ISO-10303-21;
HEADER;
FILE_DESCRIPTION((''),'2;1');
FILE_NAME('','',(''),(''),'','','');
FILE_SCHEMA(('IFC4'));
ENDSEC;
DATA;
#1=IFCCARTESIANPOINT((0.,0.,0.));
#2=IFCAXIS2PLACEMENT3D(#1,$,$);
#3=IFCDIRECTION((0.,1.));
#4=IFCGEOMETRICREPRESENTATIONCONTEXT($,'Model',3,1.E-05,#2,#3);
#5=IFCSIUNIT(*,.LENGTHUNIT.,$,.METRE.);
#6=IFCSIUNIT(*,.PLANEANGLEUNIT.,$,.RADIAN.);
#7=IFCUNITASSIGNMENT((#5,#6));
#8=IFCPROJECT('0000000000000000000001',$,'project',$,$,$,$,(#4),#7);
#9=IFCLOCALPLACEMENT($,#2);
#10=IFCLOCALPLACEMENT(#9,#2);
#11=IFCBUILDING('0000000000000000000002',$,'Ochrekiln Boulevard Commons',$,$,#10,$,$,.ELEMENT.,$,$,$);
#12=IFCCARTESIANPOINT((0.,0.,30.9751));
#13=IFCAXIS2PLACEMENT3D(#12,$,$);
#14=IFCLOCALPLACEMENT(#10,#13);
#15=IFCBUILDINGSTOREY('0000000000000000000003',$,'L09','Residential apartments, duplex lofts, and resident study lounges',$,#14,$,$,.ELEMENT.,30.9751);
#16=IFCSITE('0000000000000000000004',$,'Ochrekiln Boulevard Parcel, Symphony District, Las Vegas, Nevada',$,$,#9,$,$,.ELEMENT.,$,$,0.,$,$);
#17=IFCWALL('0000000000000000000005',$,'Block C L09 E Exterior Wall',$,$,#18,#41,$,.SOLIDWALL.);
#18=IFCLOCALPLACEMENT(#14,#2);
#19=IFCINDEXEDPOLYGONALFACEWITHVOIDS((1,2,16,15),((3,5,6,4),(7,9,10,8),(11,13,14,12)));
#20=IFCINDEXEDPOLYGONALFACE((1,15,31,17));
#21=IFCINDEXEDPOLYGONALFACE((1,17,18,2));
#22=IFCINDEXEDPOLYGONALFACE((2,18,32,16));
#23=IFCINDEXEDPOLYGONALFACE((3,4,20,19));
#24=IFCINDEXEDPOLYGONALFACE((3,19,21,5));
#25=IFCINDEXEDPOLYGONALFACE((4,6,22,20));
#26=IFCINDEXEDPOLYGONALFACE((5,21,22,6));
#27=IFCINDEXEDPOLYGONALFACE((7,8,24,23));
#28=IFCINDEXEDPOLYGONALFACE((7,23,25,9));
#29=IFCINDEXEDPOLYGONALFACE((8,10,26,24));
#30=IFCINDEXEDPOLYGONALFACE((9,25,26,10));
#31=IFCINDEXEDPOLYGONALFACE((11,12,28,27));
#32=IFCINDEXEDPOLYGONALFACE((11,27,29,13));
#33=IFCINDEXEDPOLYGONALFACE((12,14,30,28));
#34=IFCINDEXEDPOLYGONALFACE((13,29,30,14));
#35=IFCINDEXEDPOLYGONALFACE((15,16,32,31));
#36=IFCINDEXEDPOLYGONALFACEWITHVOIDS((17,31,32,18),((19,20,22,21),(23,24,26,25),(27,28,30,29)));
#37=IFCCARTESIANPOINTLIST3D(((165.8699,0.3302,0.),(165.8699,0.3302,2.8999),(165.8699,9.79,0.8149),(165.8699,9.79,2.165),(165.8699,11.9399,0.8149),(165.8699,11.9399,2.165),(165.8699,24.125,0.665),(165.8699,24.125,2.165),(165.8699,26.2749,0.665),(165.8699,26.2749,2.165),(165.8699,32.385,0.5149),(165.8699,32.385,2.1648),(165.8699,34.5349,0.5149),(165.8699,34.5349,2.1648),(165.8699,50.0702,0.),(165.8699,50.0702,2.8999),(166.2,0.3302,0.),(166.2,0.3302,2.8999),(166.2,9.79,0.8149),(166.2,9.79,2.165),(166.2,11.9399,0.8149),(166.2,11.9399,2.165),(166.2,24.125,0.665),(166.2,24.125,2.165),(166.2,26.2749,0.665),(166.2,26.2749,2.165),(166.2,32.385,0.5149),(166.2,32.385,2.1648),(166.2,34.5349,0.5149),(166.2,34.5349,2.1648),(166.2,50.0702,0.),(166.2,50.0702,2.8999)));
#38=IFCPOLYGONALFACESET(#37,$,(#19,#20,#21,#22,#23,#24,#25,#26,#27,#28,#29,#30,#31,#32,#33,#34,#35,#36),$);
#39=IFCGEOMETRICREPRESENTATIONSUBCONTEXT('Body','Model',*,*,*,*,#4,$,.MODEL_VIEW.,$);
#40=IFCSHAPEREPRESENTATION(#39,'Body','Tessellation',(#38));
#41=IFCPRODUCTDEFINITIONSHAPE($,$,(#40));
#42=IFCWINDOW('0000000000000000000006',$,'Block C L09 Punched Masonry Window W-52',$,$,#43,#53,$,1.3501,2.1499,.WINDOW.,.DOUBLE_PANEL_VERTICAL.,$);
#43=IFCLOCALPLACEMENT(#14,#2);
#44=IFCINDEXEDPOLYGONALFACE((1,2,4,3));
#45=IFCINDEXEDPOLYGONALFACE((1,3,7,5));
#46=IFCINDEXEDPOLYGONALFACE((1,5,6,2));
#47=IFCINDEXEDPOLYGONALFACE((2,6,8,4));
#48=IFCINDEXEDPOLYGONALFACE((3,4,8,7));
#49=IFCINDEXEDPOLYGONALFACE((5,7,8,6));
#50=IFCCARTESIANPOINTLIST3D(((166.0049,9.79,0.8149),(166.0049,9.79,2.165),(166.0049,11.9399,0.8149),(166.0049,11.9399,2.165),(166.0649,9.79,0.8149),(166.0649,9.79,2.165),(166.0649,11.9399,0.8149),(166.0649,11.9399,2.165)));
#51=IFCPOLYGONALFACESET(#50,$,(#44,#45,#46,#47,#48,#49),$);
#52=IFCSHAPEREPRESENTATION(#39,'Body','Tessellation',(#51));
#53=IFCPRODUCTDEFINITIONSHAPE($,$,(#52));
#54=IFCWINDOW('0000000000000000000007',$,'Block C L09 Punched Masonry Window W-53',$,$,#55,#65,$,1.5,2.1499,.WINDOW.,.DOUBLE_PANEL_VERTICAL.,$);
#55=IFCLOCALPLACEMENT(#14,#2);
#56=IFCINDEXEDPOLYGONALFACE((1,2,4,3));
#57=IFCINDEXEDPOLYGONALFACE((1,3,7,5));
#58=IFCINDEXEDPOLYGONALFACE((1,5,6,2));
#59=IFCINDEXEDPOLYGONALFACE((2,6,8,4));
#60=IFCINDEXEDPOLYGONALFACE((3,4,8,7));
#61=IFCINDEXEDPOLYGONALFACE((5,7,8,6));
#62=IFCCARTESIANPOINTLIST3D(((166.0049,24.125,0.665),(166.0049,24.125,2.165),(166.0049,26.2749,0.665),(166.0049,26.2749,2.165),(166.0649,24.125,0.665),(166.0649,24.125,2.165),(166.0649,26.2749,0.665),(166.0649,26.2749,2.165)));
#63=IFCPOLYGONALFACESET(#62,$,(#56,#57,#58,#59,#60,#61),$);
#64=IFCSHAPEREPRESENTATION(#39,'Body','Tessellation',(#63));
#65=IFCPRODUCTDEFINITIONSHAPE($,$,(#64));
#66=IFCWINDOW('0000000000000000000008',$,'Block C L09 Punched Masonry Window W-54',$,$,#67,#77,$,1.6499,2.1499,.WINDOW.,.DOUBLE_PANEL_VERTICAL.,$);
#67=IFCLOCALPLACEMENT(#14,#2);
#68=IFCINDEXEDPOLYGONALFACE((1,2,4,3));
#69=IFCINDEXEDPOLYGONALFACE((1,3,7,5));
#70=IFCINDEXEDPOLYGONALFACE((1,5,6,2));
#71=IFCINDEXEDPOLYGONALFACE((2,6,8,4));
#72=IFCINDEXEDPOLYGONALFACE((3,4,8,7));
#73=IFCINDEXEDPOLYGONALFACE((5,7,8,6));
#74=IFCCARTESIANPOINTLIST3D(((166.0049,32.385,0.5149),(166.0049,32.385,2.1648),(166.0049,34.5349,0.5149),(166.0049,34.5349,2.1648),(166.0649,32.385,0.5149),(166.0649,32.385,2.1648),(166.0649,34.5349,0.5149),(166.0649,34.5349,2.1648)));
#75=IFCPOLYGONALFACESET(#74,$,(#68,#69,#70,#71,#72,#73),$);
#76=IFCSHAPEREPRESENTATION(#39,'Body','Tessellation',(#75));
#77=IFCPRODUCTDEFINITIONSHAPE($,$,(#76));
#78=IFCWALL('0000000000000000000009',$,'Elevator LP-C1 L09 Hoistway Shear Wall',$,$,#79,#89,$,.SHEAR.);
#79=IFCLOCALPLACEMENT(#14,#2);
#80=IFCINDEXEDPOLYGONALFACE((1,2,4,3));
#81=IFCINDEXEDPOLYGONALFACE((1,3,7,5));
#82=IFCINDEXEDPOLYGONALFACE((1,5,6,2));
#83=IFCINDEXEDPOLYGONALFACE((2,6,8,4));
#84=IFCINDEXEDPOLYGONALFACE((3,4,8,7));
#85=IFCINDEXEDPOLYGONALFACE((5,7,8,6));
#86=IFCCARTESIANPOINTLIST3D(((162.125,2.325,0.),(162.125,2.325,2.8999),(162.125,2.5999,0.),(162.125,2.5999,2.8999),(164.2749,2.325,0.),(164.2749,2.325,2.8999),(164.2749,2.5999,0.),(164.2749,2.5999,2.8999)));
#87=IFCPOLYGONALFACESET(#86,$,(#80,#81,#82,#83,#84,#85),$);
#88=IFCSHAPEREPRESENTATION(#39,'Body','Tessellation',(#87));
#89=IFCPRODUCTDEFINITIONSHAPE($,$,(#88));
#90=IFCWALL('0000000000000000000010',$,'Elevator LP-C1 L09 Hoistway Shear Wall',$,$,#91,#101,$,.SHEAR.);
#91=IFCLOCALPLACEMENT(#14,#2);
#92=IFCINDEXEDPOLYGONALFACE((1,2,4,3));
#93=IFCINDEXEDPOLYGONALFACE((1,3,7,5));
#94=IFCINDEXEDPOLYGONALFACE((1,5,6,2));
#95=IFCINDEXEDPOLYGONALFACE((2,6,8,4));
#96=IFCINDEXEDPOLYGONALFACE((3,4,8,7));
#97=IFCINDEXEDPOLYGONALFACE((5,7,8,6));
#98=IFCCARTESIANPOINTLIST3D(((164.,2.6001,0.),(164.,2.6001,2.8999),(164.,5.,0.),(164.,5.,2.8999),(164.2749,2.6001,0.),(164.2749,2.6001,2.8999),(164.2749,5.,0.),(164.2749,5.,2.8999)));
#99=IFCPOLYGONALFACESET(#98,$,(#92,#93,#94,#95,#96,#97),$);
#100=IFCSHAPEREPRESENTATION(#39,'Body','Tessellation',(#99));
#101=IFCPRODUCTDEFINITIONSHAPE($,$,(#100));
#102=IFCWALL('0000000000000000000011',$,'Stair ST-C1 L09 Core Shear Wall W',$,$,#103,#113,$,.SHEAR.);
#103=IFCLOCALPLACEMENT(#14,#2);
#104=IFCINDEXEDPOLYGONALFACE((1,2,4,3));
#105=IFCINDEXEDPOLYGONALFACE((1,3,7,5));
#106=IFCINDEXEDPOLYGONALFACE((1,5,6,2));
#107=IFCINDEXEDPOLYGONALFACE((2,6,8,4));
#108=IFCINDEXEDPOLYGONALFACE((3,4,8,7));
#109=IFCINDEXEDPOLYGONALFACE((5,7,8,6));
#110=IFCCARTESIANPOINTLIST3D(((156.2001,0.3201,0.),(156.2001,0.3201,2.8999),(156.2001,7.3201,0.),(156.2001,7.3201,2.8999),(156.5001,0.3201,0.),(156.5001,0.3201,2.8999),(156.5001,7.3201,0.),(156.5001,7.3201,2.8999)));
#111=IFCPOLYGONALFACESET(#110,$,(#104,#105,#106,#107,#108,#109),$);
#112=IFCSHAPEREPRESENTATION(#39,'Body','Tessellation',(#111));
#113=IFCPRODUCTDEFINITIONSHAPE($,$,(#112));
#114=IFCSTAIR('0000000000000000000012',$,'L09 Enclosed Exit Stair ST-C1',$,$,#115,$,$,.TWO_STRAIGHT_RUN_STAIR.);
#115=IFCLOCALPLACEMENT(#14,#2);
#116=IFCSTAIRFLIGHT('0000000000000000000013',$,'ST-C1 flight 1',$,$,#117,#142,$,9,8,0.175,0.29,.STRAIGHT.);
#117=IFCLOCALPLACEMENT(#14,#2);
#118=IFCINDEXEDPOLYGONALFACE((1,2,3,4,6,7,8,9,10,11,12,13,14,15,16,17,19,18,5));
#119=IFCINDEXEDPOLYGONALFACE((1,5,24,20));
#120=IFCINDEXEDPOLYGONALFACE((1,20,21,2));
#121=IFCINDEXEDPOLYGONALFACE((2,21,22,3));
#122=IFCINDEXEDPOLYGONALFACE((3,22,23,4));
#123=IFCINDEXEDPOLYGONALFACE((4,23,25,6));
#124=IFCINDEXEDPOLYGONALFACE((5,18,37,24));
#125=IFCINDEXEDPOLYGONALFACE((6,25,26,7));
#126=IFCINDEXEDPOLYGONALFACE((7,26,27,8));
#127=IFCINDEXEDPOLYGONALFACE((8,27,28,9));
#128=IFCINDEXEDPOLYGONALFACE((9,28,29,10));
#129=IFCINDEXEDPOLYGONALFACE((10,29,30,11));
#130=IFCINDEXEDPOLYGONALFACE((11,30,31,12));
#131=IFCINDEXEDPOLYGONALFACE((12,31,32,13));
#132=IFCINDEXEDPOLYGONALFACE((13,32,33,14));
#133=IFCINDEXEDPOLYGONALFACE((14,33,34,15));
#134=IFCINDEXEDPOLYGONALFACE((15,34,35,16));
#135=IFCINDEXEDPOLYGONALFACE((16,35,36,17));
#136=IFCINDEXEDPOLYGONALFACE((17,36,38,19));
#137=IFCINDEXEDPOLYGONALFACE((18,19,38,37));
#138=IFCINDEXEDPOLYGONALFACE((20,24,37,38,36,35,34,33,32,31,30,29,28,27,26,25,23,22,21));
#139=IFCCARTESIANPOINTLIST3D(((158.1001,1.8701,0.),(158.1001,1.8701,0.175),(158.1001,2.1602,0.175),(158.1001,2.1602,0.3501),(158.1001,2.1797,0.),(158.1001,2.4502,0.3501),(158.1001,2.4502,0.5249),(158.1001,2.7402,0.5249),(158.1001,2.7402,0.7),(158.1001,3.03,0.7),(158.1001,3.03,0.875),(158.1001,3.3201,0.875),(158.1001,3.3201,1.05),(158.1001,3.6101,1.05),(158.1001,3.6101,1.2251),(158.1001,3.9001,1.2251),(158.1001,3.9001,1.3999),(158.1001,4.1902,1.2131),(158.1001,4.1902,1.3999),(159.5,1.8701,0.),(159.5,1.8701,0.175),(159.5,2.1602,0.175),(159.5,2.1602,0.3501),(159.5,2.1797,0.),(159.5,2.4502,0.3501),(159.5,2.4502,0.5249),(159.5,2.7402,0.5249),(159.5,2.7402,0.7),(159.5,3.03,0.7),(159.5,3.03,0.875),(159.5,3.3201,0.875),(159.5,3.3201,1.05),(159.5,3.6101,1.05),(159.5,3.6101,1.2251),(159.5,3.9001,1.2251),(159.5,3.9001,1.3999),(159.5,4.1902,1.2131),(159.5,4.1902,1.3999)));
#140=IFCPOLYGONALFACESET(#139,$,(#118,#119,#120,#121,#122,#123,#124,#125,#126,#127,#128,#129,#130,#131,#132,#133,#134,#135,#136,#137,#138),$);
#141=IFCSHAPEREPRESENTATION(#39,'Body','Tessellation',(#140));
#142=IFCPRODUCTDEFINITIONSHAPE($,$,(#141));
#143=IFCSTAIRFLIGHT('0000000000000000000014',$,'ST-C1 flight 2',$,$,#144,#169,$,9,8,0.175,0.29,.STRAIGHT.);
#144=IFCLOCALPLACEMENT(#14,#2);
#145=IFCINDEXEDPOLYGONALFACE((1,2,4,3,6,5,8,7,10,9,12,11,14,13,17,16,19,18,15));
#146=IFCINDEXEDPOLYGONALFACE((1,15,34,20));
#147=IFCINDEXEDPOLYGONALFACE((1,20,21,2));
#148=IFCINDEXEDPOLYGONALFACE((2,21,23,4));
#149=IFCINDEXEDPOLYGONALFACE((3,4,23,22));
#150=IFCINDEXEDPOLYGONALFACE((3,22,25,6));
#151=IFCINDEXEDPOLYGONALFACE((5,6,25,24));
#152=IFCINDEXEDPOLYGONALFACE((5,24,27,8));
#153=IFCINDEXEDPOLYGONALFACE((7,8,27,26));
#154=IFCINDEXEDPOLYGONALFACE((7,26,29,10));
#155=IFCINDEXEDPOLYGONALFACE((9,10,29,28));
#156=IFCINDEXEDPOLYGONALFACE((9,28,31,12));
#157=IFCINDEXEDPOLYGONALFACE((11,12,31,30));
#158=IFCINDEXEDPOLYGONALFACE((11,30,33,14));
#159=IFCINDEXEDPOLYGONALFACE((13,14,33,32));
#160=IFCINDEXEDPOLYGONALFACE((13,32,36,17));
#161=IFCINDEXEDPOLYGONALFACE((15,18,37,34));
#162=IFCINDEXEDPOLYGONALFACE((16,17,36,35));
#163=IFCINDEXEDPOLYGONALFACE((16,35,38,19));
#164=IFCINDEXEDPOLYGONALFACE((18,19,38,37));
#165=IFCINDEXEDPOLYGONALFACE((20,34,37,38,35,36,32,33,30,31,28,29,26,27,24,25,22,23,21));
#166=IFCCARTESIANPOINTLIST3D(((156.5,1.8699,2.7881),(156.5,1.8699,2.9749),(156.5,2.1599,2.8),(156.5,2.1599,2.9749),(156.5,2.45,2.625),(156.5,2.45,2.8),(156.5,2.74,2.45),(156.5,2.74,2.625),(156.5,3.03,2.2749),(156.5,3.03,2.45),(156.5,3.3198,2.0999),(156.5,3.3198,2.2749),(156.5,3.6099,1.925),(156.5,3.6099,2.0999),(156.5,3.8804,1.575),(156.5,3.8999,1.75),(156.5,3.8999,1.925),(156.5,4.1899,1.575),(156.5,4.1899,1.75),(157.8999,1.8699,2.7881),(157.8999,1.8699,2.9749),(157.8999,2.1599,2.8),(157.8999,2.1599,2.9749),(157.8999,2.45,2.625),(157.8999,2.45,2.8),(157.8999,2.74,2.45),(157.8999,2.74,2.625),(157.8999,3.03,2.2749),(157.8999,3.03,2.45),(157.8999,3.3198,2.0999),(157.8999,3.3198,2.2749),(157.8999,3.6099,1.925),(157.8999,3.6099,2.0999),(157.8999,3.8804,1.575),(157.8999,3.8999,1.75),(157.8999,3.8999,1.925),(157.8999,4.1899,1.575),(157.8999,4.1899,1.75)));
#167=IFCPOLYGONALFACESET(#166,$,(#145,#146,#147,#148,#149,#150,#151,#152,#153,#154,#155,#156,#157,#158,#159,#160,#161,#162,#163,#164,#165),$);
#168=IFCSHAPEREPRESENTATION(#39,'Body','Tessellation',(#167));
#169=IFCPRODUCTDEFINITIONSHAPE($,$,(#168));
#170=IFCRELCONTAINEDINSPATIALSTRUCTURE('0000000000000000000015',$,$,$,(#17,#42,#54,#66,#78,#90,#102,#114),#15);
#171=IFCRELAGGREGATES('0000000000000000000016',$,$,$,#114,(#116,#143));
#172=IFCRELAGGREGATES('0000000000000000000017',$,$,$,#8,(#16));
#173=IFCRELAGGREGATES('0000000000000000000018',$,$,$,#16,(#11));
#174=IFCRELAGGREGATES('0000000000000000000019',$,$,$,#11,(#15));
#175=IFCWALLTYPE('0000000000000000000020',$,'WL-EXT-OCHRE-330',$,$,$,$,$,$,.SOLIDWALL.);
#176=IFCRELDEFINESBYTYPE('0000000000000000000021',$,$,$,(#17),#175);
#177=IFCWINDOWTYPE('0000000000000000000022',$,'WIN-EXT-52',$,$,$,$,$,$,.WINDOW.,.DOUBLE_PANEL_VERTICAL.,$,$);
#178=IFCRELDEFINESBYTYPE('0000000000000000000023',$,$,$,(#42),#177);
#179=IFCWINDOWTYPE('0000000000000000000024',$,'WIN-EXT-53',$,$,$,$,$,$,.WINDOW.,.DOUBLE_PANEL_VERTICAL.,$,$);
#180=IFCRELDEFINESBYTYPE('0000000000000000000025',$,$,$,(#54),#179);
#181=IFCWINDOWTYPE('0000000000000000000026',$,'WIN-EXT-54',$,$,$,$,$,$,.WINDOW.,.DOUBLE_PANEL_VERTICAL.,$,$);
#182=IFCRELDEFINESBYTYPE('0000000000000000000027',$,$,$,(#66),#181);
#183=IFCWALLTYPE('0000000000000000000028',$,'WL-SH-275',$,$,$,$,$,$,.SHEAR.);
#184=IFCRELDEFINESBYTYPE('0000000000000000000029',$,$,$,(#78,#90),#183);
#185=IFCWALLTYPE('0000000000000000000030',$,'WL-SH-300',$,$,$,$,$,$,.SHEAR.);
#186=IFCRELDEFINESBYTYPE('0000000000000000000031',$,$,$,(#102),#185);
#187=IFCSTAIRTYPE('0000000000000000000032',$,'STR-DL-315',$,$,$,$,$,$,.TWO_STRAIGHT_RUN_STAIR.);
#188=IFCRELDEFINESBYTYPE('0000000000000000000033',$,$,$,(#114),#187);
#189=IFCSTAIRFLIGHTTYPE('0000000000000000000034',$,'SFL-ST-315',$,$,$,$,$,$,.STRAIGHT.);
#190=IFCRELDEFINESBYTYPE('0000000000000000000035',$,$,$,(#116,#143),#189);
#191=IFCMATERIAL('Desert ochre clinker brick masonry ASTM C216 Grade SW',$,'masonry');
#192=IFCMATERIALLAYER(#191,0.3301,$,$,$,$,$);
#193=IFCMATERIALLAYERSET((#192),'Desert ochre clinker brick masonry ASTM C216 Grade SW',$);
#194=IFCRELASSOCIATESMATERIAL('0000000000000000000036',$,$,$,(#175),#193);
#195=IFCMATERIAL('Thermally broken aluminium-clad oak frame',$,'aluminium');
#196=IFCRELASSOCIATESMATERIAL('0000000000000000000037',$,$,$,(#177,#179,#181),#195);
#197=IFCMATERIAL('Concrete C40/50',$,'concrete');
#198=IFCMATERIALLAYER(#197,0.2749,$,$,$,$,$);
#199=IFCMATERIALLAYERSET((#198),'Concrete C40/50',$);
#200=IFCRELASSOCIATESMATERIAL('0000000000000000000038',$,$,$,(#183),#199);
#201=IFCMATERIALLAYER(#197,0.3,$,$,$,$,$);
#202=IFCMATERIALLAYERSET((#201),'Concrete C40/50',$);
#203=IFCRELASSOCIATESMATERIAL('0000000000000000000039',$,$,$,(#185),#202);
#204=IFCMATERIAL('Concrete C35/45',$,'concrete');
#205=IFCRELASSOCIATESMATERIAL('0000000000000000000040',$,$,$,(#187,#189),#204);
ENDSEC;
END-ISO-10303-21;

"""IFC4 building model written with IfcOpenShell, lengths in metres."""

from ifc_helpers import new_model, si_unit, direction, frame, frame_2d, origin, place, context, subcontext, project, spatial, polyline, rectangle, outline, extrude, material, layer, layer_set, type_object, element, fill, aggregate, save


model = new_model("IFC4")

# Units and contexts
model_context = context("Model", 3, precision=1e-05, world=origin(), true_north=direction((0.0, 1.0)))
body_context = subcontext(model_context, "Body", "Model", "MODEL_VIEW")
ifc_project = project(units=[si_unit("LENGTHUNIT", "METRE"), si_unit("PLANEANGLEUNIT", "RADIAN")], contexts=[model_context])

# Site, building, storey
site_placement = place(None, origin())
site = spatial("IfcSite", under=ifc_project, at=site_placement, Name="Ochrekiln Boulevard Parcel, Symphony District, Las Vegas, Nevada", CompositionType="ELEMENT", RefElevation=0.0)
building_placement = place(site_placement, origin())
building = spatial("IfcBuilding", under=site, at=building_placement, Name="Ochrekiln Boulevard Commons", CompositionType="ELEMENT")
storey_placement = place(building_placement, frame((0.0, 0.0, 30.9751)))
storey = spatial("IfcBuildingStorey", under=building, at=storey_placement, Name="L09", Description="Residential apartments, duplex lofts, and resident study lounges", CompositionType="ELEMENT", Elevation=30.9751)

# Shared definitions
ifc_material_1 = material(Name="Concrete C40/50", Category="concrete")

# Shared definitions
ifc_material_2 = material(Name="Desert ochre clinker brick masonry ASTM C216 Grade SW", Category="masonry")
ifc_layer_1 = layer(ifc_material_2, 0.3301)
ifc_layer_set_1 = layer_set([ifc_layer_1], Name="Desert ochre clinker brick masonry ASTM C216 Grade SW")
wall_type_1 = type_object("IfcWallType", Name="WL-EXT-OCHRE-330", PredefinedType="SOLIDWALL", material=ifc_layer_set_1)

# Wall, openings, windows
ifc_material_3 = material(Name="Thermally broken aluminium-clad oak frame", Category="aluminium")
wall_1_placement = place(storey_placement, frame((166.0349, 0.3301, 0.0), z_axis=(0.0, 0.0, 1.0), x_axis=(0.0, 1.0, 0.0)))
wall_1 = element("IfcWall", 1, at=wall_1_placement, inside=storey, type_object=wall_type_1, Name="Block C L09 E Exterior Wall", PredefinedType="SOLIDWALL", context=body_context, shape_type="SweptSolid", body=[
    extrude(rectangle(XDim=49.74, YDim=0.3301, at=frame_2d((24.8701, 0.0))), origin(), (0.0, 0.0, 1.0), 2.8999),
])
opening_1_placement = place(wall_1_placement, frame((9.46, 0.0, 0.8149)))
opening_1 = element("IfcOpeningElement", 2, at=opening_1_placement, cuts=wall_1, PredefinedType="OPENING", context=body_context, shape_type="SweptSolid", body=[
    extrude(rectangle(XDim=2.1499, YDim=1.3501, at=frame_2d((1.075, 0.675))), frame((0.0, 0.175, 0.0), z_axis=(0.0, -1.0, 0.0), x_axis=(1.0, 0.0, 0.0)), (0.0, 0.0, 1.0), 0.3501),
])
opening_2_placement = place(wall_1_placement, frame((23.7949, 0.0, 0.665)))
opening_2 = element("IfcOpeningElement", 3, at=opening_2_placement, cuts=wall_1, PredefinedType="OPENING", context=body_context, shape_type="SweptSolid", body=[
    extrude(rectangle(XDim=2.1499, YDim=1.5, at=frame_2d((1.075, 0.75))), frame((0.0, 0.175, 0.0), z_axis=(0.0, -1.0, 0.0), x_axis=(1.0, 0.0, 0.0)), (0.0, 0.0, 1.0), 0.3501),
])
opening_3_placement = place(wall_1_placement, frame((32.0549, 0.0, 0.5149)))
opening_3 = element("IfcOpeningElement", 4, at=opening_3_placement, cuts=wall_1, PredefinedType="OPENING", context=body_context, shape_type="SweptSolid", body=[
    extrude(rectangle(XDim=2.1499, YDim=1.6499, at=frame_2d((1.075, 0.825))), frame((0.0, 0.175, 0.0), z_axis=(0.0, -1.0, 0.0), x_axis=(1.0, 0.0, 0.0)), (0.0, 0.0, 1.0), 0.3501),
])
window_type_1 = type_object("IfcWindowType", Name="WIN-EXT-52", PartitioningType="DOUBLE_PANEL_VERTICAL", PredefinedType="WINDOW", material=ifc_material_3)
window_1_placement = place(opening_1_placement, origin())
window_1 = element("IfcWindow", 5, at=window_1_placement, inside=storey, type_object=window_type_1, Name="Block C L09 Punched Masonry Window W-52", OverallHeight=1.3501, OverallWidth=2.1499, PartitioningType="DOUBLE_PANEL_VERTICAL", PredefinedType="WINDOW", context=body_context, shape_type="SweptSolid", body=[
    extrude(rectangle(XDim=2.1499, YDim=1.3501, at=frame_2d((1.075, 0.675))), frame((0.0, 0.03, 0.0), z_axis=(0.0, -1.0, 0.0), x_axis=(1.0, 0.0, 0.0)), (0.0, 0.0, 1.0), 0.0601),
])
fill(opening_1, window_1)
window_type_2 = type_object("IfcWindowType", Name="WIN-EXT-53", PartitioningType="DOUBLE_PANEL_VERTICAL", PredefinedType="WINDOW", material=ifc_material_3)
window_2_placement = place(opening_2_placement, origin())
window_2 = element("IfcWindow", 6, at=window_2_placement, inside=storey, type_object=window_type_2, Name="Block C L09 Punched Masonry Window W-53", OverallHeight=1.5, OverallWidth=2.1499, PartitioningType="DOUBLE_PANEL_VERTICAL", PredefinedType="WINDOW", context=body_context, shape_type="SweptSolid", body=[
    extrude(rectangle(XDim=2.1499, YDim=1.5, at=frame_2d((1.075, 0.75))), frame((0.0, 0.03, 0.0), z_axis=(0.0, -1.0, 0.0), x_axis=(1.0, 0.0, 0.0)), (0.0, 0.0, 1.0), 0.0601),
])
fill(opening_2, window_2)
window_type_3 = type_object("IfcWindowType", Name="WIN-EXT-54", PartitioningType="DOUBLE_PANEL_VERTICAL", PredefinedType="WINDOW", material=ifc_material_3)
window_3_placement = place(opening_3_placement, origin())
window_3 = element("IfcWindow", 7, at=window_3_placement, inside=storey, type_object=window_type_3, Name="Block C L09 Punched Masonry Window W-54", OverallHeight=1.6499, OverallWidth=2.1499, PartitioningType="DOUBLE_PANEL_VERTICAL", PredefinedType="WINDOW", context=body_context, shape_type="SweptSolid", body=[
    extrude(rectangle(XDim=2.1499, YDim=1.6499, at=frame_2d((1.075, 0.825))), frame((0.0, 0.03, 0.0), z_axis=(0.0, -1.0, 0.0), x_axis=(1.0, 0.0, 0.0)), (0.0, 0.0, 1.0), 0.0601),
])
fill(opening_3, window_3)

# Wall
ifc_layer_2 = layer(ifc_material_1, 0.2749)
ifc_layer_set_2 = layer_set([ifc_layer_2], Name="Concrete C40/50")
wall_type_2 = type_object("IfcWallType", Name="WL-SH-275", PredefinedType="SHEAR", material=ifc_layer_set_2)
wall_2_placement = place(storey_placement, frame((162.125, 2.4624, 0.0), z_axis=(0.0, 0.0, 1.0), x_axis=(1.0, 0.0, 0.0)))
element("IfcWall", 8, at=wall_2_placement, inside=storey, type_object=wall_type_2, Name="Elevator LP-C1 L09 Hoistway Shear Wall", PredefinedType="SHEAR", context=body_context, shape_type="SweptSolid", body=[
    extrude(rectangle(XDim=2.1499, YDim=0.2749, at=frame_2d((1.075, 0.0))), origin(), (0.0, 0.0, 1.0), 2.8999),
])

# Walls
wall_3_placement = place(storey_placement, frame((164.1375, 2.6001, 0.0), z_axis=(0.0, 0.0, 1.0), x_axis=(0.0, 1.0, 0.0)))
element("IfcWall", 9, at=wall_3_placement, inside=storey, type_object=wall_type_2, Name="Elevator LP-C1 L09 Hoistway Shear Wall", PredefinedType="SHEAR", context=body_context, shape_type="SweptSolid", body=[
    extrude(rectangle(XDim=2.3999, YDim=0.2749, at=frame_2d((1.2, 0.0))), origin(), (0.0, 0.0, 1.0), 2.8999),
])
ifc_layer_3 = layer(ifc_material_1, 0.3)
ifc_layer_set_3 = layer_set([ifc_layer_3], Name="Concrete C40/50")
wall_type_3 = type_object("IfcWallType", Name="WL-SH-300", PredefinedType="SHEAR", material=ifc_layer_set_3)
wall_4_placement = place(storey_placement, frame((156.3501, 0.3201, 0.0), z_axis=(0.0, 0.0, 1.0), x_axis=(0.0, 1.0, 0.0)))
element("IfcWall", 10, at=wall_4_placement, inside=storey, type_object=wall_type_3, Name="Stair ST-C1 L09 Core Shear Wall W", PredefinedType="SHEAR", context=body_context, shape_type="SweptSolid", body=[
    extrude(rectangle(XDim=7.0, YDim=0.3, at=frame_2d((3.5, 0.0))), origin(), (0.0, 0.0, 1.0), 2.8999),
])

# Stair, stair flights
ifc_material_4 = material(Name="Concrete C35/45", Category="concrete")
stair_type = type_object("IfcStairType", Name="STR-DL-315", PredefinedType="TWO_STRAIGHT_RUN_STAIR", material=ifc_material_4)
stair_placement = place(storey_placement, origin())
stair = element("IfcStair", 11, at=stair_placement, inside=storey, type_object=stair_type, Name="L09 Enclosed Exit Stair ST-C1", PredefinedType="TWO_STRAIGHT_RUN_STAIR")
stair_flight_type = type_object("IfcStairFlightType", Name="SFL-ST-315", PredefinedType="STRAIGHT", material=ifc_material_4)
stair_flight_1_placement = place(storey_placement, frame((158.8, 1.8701, 0.0), z_axis=(0.0, 0.0, 1.0), x_axis=(0.0, 1.0, 0.0)))
stair_flight_1 = element("IfcStairFlight", 12, at=stair_flight_1_placement, type_object=stair_flight_type, Name="ST-C1 flight 1", NumberOfRisers=9, NumberOfTreads=8, PredefinedType="STRAIGHT", RiserHeight=0.175, TreadLength=0.29, context=body_context, shape_type="SweptSolid", body=[
    extrude(outline(polyline([(0.0, 0.0), (0.0, 0.175), (0.29, 0.175), (0.29, 0.3501), (0.5801, 0.3501), (0.5801, 0.5249), (0.8701, 0.5249), (0.8701, 0.7), (1.1599, 0.7), (1.1599, 0.875), (1.45, 0.875), (1.45, 1.05), (1.74, 1.05), (1.74, 1.2251), (2.03, 1.2251), (2.03, 1.3999), (2.3201, 1.3999), (2.3201, 1.575), (2.3201, 1.2131), (0.3096, 0.0), (0.0, 0.0)])), frame((0.0, 0.7, 0.0), z_axis=(0.0, -1.0, 0.0), x_axis=(1.0, 0.0, 0.0)), (0.0, 0.0, 1.0), 1.3999),
])
stair_flight_2_placement = place(storey_placement, frame((157.2, 4.1899, 1.575), z_axis=(0.0, 0.0, 1.0), x_axis=(0.0, -1.0, 0.0)))
stair_flight_2 = element("IfcStairFlight", 13, at=stair_flight_2_placement, type_object=stair_flight_type, Name="ST-C1 flight 2", NumberOfRisers=9, NumberOfTreads=8, PredefinedType="STRAIGHT", RiserHeight=0.175, TreadLength=0.29, context=body_context, shape_type="SweptSolid", body=[
    extrude(outline(polyline([(0.0, 0.0), (0.0, 0.175), (0.29, 0.175), (0.29, 0.3501), (0.5801, 0.3501), (0.5801, 0.5249), (0.8701, 0.5249), (0.8701, 0.7), (1.1599, 0.7), (1.1599, 0.875), (1.45, 0.875), (1.45, 1.05), (1.74, 1.05), (1.74, 1.2251), (2.03, 1.2251), (2.03, 1.3999), (2.3201, 1.3999), (2.3201, 1.575), (2.3201, 1.2131), (0.3096, 0.0), (0.0, 0.0)])), frame((0.0, 0.7, 0.0), z_axis=(0.0, -1.0, 0.0), x_axis=(1.0, 0.0, 0.0)), (0.0, 0.0, 1.0), 1.3999),
])
aggregate(stair, [stair_flight_1, stair_flight_2])

save(model, "model.ifc")
